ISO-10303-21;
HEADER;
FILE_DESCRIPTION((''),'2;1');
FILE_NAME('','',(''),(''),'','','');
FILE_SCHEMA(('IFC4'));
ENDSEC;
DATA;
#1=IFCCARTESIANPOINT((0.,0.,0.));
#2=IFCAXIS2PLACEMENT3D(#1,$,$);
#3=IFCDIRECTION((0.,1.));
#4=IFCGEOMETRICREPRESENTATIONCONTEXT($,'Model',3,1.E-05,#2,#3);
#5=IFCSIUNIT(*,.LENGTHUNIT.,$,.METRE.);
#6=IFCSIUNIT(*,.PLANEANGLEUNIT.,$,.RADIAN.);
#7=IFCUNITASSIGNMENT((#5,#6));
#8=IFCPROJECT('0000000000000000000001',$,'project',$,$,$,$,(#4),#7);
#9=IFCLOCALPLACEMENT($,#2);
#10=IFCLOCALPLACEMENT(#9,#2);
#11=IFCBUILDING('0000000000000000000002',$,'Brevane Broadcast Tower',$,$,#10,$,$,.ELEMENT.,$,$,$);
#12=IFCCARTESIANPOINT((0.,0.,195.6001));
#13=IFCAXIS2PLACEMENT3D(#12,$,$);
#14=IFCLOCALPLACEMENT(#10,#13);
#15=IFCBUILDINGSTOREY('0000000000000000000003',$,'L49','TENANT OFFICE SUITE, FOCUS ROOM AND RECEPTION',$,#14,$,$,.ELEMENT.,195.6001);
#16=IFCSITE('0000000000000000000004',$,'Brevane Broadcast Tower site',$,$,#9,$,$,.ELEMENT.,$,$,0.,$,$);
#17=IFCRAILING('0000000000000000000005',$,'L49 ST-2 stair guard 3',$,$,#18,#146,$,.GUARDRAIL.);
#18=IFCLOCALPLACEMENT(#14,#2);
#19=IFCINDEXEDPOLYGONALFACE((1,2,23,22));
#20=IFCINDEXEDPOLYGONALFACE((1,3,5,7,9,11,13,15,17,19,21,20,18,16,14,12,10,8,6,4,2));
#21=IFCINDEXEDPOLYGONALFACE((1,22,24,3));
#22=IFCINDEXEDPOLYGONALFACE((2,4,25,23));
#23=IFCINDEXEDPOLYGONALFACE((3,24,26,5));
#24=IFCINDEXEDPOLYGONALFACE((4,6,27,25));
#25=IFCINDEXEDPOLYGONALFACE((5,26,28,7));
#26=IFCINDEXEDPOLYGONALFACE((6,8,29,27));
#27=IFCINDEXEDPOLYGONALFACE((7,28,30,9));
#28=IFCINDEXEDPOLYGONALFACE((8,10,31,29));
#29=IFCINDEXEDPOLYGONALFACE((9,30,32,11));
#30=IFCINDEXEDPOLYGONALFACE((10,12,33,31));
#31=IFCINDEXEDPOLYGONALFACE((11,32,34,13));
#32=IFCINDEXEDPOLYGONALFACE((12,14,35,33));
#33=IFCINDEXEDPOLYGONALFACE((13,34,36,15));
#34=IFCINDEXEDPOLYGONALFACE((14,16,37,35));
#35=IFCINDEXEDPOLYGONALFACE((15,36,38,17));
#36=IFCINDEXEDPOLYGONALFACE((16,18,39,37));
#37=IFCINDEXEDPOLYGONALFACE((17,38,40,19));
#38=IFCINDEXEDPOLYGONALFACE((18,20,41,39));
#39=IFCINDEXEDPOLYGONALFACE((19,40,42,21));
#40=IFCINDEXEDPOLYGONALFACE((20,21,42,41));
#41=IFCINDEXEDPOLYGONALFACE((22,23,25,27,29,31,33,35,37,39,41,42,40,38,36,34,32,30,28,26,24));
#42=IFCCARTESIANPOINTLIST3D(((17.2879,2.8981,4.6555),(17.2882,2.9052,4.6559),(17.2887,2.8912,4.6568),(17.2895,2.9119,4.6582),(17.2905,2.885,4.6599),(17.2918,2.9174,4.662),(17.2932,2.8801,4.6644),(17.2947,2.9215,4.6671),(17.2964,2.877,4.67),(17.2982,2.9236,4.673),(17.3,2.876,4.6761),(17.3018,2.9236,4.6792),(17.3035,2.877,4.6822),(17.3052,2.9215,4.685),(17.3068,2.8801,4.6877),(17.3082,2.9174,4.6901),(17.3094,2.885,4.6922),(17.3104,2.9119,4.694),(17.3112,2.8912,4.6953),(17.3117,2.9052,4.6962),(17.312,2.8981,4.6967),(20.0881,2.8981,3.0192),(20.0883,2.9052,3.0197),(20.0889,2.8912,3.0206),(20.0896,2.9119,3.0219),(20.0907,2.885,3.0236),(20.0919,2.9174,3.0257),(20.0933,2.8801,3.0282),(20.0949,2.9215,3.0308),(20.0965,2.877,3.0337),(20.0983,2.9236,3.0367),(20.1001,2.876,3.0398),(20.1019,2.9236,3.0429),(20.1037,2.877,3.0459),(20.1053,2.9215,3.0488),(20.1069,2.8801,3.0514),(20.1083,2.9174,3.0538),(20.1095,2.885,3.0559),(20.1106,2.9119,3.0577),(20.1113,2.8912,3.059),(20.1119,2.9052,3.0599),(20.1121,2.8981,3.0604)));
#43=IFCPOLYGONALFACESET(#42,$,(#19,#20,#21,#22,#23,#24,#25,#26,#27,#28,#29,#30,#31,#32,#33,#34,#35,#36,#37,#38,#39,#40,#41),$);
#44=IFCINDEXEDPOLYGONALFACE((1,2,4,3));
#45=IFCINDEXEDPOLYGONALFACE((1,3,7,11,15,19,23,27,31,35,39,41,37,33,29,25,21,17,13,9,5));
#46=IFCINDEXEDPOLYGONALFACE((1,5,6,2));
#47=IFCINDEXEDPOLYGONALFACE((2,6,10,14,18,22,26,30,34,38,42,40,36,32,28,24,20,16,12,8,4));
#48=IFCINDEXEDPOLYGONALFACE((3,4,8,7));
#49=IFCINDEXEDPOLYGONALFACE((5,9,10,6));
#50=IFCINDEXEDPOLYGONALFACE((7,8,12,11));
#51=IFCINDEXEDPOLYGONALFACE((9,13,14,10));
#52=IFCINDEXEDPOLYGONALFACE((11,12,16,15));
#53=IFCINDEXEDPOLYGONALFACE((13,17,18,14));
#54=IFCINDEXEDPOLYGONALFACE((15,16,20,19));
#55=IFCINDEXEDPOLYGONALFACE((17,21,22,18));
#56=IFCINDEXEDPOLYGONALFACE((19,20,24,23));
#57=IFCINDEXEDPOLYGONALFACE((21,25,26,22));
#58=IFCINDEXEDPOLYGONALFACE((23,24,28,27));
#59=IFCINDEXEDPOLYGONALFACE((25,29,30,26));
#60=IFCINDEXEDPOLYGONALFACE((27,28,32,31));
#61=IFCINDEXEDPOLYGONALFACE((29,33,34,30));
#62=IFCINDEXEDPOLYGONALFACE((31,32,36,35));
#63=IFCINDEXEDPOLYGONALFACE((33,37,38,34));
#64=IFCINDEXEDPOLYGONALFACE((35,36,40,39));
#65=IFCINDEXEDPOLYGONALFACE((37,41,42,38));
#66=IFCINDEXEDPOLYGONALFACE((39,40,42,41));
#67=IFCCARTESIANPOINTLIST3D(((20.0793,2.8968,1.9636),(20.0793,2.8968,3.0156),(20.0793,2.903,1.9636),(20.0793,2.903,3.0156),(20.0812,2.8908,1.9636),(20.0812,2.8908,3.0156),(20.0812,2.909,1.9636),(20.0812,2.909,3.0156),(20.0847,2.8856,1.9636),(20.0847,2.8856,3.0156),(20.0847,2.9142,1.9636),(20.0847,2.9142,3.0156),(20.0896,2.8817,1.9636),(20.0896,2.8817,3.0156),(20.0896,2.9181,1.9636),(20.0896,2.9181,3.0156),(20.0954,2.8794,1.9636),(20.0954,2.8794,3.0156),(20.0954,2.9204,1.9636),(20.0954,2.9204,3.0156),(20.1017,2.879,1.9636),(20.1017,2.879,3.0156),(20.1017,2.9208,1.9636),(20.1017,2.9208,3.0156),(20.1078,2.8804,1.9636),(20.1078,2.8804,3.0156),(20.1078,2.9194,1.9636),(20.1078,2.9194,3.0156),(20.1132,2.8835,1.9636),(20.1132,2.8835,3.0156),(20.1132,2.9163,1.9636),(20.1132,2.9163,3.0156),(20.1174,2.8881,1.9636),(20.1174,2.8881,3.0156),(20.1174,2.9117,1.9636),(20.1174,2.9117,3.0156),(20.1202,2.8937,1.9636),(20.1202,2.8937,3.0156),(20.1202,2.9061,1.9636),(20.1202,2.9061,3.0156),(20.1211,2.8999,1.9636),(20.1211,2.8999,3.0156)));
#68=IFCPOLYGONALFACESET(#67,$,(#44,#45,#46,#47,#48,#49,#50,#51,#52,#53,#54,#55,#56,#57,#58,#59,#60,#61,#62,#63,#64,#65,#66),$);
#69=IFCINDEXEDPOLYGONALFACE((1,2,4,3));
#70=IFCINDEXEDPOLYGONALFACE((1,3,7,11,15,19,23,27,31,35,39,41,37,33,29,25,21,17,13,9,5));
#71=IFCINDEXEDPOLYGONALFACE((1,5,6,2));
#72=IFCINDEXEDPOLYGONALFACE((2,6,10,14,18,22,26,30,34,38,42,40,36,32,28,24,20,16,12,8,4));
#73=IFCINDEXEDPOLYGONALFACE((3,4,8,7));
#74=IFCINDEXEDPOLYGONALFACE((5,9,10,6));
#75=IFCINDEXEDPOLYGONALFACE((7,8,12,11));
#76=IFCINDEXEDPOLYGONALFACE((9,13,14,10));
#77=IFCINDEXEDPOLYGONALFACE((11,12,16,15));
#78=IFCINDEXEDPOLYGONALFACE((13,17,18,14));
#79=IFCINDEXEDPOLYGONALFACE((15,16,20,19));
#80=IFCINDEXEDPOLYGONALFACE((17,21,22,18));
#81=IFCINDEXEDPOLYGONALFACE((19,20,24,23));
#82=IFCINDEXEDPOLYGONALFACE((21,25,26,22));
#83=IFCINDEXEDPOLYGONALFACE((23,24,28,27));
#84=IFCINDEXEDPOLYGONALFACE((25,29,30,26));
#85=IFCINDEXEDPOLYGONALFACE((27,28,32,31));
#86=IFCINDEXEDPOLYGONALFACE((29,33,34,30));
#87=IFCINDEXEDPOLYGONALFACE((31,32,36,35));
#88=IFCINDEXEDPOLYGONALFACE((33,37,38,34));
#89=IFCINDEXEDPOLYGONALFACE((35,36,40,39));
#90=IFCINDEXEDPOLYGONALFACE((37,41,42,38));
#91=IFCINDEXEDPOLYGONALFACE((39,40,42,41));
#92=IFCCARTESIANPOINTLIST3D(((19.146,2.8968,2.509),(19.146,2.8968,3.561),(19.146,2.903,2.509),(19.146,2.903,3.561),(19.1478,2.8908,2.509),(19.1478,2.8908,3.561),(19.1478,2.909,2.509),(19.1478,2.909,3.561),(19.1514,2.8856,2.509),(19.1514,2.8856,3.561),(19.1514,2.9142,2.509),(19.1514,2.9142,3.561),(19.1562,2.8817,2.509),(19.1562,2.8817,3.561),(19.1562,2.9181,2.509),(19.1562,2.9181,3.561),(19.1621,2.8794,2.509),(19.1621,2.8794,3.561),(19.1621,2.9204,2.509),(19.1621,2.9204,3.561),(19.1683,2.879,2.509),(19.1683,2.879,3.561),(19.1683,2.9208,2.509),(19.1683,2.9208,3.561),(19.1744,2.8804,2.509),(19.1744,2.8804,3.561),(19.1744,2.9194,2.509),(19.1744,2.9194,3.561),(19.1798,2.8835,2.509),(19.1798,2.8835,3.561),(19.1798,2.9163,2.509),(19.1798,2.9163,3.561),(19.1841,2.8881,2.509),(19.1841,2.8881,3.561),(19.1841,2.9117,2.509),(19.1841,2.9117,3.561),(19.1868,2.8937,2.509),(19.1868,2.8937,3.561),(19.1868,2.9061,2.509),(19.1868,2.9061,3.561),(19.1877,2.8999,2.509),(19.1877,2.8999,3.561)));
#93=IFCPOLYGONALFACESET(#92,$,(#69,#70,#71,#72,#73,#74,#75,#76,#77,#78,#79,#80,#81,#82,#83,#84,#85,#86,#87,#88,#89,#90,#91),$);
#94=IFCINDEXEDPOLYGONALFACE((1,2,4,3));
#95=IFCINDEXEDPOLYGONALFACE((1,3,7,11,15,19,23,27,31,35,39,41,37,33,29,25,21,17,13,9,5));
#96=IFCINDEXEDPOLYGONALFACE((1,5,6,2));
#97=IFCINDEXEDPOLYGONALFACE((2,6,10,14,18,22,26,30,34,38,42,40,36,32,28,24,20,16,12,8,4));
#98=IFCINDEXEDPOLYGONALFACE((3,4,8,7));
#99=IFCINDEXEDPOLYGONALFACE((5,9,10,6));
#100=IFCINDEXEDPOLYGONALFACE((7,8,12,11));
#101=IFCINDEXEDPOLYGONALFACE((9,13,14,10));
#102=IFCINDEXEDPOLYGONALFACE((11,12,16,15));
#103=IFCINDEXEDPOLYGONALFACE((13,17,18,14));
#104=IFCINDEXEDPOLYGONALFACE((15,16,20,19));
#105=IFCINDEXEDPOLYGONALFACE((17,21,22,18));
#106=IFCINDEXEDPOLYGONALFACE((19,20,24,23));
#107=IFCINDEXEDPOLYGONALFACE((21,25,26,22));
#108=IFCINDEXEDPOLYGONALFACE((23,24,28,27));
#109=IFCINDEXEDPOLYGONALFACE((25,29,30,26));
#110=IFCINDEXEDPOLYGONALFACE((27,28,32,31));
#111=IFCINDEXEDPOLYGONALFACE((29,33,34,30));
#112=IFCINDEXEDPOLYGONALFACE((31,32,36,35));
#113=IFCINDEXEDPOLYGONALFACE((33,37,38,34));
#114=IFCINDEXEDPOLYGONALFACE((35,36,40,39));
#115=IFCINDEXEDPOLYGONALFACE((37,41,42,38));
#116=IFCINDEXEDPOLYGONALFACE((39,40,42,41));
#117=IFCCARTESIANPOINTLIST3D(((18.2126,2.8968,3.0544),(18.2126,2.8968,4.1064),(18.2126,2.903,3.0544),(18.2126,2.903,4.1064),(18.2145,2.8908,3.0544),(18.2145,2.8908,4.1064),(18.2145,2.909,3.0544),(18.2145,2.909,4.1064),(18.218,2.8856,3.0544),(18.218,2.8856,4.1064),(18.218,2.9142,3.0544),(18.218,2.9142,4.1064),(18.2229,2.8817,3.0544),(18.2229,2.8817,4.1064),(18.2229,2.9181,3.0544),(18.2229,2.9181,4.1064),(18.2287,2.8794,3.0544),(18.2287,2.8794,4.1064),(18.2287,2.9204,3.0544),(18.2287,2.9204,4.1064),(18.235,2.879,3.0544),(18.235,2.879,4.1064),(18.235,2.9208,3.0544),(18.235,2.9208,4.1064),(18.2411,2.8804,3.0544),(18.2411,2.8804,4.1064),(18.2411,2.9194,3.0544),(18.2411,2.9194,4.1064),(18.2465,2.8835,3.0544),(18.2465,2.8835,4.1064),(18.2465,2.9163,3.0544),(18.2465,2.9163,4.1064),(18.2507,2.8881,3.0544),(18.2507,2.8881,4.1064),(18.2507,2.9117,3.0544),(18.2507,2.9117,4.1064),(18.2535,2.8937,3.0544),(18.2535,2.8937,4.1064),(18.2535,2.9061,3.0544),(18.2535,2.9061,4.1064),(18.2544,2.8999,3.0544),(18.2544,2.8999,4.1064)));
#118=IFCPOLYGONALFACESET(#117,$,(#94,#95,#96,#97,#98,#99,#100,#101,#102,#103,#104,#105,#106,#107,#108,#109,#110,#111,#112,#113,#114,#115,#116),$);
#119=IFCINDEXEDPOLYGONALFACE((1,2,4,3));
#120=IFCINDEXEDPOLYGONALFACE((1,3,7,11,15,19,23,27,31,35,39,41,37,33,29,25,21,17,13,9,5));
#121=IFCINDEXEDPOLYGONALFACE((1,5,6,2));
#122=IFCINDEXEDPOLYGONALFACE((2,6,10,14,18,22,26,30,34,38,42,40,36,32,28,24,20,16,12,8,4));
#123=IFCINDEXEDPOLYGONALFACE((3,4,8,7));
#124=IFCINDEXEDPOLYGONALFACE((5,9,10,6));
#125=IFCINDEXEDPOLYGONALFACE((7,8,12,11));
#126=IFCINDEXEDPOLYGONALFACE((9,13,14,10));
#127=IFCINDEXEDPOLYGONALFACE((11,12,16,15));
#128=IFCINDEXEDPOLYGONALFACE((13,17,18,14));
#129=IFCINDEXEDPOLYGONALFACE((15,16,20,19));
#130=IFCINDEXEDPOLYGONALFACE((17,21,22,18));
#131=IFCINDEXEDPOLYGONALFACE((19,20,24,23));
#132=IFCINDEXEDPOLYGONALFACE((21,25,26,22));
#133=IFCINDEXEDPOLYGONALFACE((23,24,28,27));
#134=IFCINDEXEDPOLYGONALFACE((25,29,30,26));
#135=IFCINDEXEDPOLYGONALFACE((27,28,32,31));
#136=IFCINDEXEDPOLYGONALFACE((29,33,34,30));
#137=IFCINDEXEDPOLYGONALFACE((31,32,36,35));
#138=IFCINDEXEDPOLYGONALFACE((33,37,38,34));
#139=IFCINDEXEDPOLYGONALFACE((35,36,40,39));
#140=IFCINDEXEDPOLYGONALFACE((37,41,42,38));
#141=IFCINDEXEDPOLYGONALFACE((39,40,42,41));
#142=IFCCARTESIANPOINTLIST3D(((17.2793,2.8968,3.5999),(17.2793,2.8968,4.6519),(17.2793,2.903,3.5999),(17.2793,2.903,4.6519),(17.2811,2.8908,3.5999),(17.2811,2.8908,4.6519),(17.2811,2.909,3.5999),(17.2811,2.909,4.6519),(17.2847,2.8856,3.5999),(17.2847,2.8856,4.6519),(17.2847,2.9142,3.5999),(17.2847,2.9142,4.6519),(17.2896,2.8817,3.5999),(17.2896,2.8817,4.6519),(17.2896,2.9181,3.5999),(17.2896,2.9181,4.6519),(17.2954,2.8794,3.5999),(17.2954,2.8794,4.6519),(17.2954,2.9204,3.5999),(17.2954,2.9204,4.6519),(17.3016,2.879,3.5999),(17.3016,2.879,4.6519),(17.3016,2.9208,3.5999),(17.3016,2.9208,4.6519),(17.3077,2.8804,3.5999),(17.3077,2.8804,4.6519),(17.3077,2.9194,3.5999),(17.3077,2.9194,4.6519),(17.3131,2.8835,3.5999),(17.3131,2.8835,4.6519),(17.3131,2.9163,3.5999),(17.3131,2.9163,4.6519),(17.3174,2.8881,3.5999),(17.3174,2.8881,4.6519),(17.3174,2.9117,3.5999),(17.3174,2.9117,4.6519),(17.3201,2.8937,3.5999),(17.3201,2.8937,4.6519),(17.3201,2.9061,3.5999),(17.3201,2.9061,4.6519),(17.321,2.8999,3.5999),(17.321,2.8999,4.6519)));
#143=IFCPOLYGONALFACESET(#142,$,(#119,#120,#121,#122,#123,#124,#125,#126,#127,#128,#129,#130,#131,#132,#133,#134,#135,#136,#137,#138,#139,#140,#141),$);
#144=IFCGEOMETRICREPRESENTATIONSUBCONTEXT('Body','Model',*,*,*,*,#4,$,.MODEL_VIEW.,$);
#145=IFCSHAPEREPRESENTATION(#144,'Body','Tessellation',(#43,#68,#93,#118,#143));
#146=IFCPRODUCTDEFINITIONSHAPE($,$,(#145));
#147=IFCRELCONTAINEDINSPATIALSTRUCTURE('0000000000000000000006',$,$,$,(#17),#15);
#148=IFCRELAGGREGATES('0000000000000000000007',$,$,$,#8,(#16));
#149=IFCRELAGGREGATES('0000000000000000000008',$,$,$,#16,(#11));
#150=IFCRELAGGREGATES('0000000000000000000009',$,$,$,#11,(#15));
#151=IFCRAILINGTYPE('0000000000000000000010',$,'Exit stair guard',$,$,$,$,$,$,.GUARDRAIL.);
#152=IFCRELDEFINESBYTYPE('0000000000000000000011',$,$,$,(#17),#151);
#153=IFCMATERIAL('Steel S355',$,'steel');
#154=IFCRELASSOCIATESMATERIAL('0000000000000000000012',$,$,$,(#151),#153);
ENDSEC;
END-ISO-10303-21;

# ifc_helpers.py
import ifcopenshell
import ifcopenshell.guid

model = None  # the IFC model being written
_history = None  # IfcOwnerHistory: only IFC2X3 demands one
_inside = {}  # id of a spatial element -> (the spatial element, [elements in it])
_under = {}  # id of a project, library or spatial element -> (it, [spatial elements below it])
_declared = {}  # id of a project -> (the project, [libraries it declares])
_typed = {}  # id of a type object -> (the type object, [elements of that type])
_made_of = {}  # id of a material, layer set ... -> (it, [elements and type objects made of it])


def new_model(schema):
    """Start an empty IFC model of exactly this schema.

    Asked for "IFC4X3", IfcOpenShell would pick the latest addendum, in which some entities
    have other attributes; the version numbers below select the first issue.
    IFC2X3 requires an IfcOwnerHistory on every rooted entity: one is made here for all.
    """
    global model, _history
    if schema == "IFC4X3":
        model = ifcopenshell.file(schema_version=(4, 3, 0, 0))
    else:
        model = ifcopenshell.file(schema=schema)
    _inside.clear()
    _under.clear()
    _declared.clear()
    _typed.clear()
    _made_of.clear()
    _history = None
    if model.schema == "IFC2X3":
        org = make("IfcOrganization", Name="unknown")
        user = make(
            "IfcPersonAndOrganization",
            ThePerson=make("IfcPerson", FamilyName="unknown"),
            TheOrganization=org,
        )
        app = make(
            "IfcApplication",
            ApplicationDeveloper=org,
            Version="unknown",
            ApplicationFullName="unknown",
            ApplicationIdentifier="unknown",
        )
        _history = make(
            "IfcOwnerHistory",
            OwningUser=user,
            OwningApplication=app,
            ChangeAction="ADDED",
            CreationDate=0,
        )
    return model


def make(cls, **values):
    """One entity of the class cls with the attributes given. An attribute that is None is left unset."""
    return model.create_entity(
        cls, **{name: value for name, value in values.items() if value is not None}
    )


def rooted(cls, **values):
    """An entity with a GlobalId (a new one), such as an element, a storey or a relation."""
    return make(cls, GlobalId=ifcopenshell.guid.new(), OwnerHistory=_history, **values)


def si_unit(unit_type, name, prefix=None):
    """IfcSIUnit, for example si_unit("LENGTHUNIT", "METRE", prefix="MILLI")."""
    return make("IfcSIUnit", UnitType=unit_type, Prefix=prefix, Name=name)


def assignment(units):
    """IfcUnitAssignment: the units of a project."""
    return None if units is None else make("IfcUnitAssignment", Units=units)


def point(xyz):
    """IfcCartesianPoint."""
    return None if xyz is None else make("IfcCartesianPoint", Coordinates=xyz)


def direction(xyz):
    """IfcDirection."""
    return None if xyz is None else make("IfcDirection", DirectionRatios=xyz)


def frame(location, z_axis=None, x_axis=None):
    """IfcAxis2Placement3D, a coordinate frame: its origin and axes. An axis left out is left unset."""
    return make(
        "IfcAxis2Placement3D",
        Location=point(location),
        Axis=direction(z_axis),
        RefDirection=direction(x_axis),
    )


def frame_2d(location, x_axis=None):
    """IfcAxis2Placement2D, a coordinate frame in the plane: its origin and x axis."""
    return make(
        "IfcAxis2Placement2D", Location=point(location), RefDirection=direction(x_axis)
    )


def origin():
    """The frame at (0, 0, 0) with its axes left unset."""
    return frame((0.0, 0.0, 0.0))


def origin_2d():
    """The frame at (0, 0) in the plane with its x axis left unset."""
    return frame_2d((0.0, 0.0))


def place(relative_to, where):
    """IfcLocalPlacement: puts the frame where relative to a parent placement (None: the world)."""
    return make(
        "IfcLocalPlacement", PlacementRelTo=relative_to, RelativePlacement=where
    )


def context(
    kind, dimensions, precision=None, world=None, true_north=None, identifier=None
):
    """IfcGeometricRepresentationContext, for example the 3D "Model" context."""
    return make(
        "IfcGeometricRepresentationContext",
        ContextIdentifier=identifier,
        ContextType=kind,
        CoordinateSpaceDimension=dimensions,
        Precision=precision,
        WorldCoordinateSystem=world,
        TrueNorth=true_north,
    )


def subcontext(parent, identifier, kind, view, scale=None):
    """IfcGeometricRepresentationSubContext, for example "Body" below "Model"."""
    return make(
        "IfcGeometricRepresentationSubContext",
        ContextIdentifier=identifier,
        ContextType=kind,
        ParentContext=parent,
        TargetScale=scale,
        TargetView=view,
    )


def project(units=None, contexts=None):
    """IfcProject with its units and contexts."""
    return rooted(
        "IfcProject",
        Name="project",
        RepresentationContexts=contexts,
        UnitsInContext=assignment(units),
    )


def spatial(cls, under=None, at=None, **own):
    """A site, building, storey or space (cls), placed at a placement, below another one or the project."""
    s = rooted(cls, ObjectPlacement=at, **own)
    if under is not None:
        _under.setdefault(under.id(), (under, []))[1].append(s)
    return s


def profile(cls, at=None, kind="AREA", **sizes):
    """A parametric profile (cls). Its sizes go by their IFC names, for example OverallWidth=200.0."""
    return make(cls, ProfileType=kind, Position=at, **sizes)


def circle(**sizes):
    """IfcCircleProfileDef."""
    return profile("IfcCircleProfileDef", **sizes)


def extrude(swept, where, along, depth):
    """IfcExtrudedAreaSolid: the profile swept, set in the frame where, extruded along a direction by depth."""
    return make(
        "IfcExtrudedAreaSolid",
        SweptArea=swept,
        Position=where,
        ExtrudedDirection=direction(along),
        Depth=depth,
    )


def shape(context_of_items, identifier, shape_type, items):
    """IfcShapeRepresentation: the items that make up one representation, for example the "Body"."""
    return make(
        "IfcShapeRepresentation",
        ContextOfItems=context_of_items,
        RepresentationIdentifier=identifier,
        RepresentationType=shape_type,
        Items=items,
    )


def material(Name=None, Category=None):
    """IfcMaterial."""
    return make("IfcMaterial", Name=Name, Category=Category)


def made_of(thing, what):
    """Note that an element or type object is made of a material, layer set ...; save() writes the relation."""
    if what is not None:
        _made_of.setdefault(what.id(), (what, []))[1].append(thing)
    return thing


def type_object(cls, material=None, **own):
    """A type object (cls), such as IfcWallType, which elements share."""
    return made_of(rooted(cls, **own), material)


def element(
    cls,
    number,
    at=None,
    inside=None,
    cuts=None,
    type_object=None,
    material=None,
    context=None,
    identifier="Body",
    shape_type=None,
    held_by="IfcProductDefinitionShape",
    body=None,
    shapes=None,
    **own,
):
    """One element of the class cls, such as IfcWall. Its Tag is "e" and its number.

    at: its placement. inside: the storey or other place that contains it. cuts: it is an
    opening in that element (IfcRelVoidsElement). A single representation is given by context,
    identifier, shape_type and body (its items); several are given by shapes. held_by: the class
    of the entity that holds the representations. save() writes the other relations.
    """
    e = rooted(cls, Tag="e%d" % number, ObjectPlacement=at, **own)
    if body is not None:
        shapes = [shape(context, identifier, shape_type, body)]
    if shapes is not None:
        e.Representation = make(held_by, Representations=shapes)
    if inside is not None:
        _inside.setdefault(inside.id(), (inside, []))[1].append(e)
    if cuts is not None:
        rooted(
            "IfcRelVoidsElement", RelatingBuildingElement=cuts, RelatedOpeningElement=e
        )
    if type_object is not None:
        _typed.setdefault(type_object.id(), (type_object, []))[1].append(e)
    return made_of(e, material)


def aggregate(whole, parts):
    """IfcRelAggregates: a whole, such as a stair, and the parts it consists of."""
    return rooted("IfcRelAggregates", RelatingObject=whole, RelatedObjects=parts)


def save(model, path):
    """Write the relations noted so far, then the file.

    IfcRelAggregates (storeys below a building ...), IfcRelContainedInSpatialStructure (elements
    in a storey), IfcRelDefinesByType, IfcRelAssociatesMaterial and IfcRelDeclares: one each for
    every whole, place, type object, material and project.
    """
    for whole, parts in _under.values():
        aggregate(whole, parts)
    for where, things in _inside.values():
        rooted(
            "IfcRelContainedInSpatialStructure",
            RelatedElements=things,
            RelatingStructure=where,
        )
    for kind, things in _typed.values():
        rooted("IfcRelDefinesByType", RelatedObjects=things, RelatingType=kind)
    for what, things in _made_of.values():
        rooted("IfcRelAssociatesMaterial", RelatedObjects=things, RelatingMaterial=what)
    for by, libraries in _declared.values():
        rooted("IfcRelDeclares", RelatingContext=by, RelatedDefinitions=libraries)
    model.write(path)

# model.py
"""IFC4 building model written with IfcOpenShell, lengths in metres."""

from ifc_helpers import new_model, si_unit, direction, frame, origin, origin_2d, place, context, subcontext, project, spatial, circle, extrude, material, type_object, element, save


model = new_model("IFC4")

# Units and contexts
model_context = context("Model", 3, precision=1e-05, world=origin(), true_north=direction((0.0, 1.0)))
body_context = subcontext(model_context, "Body", "Model", "MODEL_VIEW")
ifc_project = project(units=[si_unit("LENGTHUNIT", "METRE"), si_unit("PLANEANGLEUNIT", "RADIAN")], contexts=[model_context])

# Site, building, storey
site_placement = place(None, origin())
site = spatial("IfcSite", under=ifc_project, at=site_placement, Name="Brevane Broadcast Tower site", CompositionType="ELEMENT", RefElevation=0.0)
building_placement = place(site_placement, origin())
building = spatial("IfcBuilding", under=site, at=building_placement, Name="Brevane Broadcast Tower", CompositionType="ELEMENT")
storey_placement = place(building_placement, frame((0.0, 0.0, 195.6001)))
storey = spatial("IfcBuildingStorey", under=building, at=storey_placement, Name="L49", Description="TENANT OFFICE SUITE, FOCUS ROOM AND RECEPTION", CompositionType="ELEMENT", Elevation=195.6001)

# Railing
ifc_material_1 = material(Name="Steel S355", Category="steel")
railing_type_1 = type_object("IfcRailingType", Name="Exit stair guard", PredefinedType="GUARDRAIL", material=ifc_material_1)
railing_1_placement = place(storey_placement, frame((20.1001, 2.8999, 1.9636)))
element("IfcRailing", 1, at=railing_1_placement, inside=storey, type_object=railing_type_1, Name="L49 ST-2 stair guard 3", PredefinedType="GUARDRAIL", context=body_context, shape_type="SweptSolid", body=[
    extrude(circle(Radius=0.0239, at=origin_2d()), frame((0.0, 0.0, 1.0762), z_axis=(-0.863394, 0.0, 0.504531), x_axis=(0.0, -1.0, 0.0)), (0.0, 0.0, 1.0), 3.2432),
    extrude(circle(Radius=0.021, at=origin_2d()), origin(), (0.0, 0.0, 1.0), 1.052),
    extrude(circle(Radius=0.021, at=origin_2d()), frame((-0.9333, 0.0, 0.5454)), (0.0, 0.0, 1.0), 1.052),
    extrude(circle(Radius=0.021, at=origin_2d()), frame((-1.8667, 0.0, 1.0908)), (0.0, 0.0, 1.0), 1.052),
    extrude(circle(Radius=0.021, at=origin_2d()), frame((-2.8, 0.0, 1.6362)), (0.0, 0.0, 1.0), 1.052),
])

save(model, "model.ifc")
